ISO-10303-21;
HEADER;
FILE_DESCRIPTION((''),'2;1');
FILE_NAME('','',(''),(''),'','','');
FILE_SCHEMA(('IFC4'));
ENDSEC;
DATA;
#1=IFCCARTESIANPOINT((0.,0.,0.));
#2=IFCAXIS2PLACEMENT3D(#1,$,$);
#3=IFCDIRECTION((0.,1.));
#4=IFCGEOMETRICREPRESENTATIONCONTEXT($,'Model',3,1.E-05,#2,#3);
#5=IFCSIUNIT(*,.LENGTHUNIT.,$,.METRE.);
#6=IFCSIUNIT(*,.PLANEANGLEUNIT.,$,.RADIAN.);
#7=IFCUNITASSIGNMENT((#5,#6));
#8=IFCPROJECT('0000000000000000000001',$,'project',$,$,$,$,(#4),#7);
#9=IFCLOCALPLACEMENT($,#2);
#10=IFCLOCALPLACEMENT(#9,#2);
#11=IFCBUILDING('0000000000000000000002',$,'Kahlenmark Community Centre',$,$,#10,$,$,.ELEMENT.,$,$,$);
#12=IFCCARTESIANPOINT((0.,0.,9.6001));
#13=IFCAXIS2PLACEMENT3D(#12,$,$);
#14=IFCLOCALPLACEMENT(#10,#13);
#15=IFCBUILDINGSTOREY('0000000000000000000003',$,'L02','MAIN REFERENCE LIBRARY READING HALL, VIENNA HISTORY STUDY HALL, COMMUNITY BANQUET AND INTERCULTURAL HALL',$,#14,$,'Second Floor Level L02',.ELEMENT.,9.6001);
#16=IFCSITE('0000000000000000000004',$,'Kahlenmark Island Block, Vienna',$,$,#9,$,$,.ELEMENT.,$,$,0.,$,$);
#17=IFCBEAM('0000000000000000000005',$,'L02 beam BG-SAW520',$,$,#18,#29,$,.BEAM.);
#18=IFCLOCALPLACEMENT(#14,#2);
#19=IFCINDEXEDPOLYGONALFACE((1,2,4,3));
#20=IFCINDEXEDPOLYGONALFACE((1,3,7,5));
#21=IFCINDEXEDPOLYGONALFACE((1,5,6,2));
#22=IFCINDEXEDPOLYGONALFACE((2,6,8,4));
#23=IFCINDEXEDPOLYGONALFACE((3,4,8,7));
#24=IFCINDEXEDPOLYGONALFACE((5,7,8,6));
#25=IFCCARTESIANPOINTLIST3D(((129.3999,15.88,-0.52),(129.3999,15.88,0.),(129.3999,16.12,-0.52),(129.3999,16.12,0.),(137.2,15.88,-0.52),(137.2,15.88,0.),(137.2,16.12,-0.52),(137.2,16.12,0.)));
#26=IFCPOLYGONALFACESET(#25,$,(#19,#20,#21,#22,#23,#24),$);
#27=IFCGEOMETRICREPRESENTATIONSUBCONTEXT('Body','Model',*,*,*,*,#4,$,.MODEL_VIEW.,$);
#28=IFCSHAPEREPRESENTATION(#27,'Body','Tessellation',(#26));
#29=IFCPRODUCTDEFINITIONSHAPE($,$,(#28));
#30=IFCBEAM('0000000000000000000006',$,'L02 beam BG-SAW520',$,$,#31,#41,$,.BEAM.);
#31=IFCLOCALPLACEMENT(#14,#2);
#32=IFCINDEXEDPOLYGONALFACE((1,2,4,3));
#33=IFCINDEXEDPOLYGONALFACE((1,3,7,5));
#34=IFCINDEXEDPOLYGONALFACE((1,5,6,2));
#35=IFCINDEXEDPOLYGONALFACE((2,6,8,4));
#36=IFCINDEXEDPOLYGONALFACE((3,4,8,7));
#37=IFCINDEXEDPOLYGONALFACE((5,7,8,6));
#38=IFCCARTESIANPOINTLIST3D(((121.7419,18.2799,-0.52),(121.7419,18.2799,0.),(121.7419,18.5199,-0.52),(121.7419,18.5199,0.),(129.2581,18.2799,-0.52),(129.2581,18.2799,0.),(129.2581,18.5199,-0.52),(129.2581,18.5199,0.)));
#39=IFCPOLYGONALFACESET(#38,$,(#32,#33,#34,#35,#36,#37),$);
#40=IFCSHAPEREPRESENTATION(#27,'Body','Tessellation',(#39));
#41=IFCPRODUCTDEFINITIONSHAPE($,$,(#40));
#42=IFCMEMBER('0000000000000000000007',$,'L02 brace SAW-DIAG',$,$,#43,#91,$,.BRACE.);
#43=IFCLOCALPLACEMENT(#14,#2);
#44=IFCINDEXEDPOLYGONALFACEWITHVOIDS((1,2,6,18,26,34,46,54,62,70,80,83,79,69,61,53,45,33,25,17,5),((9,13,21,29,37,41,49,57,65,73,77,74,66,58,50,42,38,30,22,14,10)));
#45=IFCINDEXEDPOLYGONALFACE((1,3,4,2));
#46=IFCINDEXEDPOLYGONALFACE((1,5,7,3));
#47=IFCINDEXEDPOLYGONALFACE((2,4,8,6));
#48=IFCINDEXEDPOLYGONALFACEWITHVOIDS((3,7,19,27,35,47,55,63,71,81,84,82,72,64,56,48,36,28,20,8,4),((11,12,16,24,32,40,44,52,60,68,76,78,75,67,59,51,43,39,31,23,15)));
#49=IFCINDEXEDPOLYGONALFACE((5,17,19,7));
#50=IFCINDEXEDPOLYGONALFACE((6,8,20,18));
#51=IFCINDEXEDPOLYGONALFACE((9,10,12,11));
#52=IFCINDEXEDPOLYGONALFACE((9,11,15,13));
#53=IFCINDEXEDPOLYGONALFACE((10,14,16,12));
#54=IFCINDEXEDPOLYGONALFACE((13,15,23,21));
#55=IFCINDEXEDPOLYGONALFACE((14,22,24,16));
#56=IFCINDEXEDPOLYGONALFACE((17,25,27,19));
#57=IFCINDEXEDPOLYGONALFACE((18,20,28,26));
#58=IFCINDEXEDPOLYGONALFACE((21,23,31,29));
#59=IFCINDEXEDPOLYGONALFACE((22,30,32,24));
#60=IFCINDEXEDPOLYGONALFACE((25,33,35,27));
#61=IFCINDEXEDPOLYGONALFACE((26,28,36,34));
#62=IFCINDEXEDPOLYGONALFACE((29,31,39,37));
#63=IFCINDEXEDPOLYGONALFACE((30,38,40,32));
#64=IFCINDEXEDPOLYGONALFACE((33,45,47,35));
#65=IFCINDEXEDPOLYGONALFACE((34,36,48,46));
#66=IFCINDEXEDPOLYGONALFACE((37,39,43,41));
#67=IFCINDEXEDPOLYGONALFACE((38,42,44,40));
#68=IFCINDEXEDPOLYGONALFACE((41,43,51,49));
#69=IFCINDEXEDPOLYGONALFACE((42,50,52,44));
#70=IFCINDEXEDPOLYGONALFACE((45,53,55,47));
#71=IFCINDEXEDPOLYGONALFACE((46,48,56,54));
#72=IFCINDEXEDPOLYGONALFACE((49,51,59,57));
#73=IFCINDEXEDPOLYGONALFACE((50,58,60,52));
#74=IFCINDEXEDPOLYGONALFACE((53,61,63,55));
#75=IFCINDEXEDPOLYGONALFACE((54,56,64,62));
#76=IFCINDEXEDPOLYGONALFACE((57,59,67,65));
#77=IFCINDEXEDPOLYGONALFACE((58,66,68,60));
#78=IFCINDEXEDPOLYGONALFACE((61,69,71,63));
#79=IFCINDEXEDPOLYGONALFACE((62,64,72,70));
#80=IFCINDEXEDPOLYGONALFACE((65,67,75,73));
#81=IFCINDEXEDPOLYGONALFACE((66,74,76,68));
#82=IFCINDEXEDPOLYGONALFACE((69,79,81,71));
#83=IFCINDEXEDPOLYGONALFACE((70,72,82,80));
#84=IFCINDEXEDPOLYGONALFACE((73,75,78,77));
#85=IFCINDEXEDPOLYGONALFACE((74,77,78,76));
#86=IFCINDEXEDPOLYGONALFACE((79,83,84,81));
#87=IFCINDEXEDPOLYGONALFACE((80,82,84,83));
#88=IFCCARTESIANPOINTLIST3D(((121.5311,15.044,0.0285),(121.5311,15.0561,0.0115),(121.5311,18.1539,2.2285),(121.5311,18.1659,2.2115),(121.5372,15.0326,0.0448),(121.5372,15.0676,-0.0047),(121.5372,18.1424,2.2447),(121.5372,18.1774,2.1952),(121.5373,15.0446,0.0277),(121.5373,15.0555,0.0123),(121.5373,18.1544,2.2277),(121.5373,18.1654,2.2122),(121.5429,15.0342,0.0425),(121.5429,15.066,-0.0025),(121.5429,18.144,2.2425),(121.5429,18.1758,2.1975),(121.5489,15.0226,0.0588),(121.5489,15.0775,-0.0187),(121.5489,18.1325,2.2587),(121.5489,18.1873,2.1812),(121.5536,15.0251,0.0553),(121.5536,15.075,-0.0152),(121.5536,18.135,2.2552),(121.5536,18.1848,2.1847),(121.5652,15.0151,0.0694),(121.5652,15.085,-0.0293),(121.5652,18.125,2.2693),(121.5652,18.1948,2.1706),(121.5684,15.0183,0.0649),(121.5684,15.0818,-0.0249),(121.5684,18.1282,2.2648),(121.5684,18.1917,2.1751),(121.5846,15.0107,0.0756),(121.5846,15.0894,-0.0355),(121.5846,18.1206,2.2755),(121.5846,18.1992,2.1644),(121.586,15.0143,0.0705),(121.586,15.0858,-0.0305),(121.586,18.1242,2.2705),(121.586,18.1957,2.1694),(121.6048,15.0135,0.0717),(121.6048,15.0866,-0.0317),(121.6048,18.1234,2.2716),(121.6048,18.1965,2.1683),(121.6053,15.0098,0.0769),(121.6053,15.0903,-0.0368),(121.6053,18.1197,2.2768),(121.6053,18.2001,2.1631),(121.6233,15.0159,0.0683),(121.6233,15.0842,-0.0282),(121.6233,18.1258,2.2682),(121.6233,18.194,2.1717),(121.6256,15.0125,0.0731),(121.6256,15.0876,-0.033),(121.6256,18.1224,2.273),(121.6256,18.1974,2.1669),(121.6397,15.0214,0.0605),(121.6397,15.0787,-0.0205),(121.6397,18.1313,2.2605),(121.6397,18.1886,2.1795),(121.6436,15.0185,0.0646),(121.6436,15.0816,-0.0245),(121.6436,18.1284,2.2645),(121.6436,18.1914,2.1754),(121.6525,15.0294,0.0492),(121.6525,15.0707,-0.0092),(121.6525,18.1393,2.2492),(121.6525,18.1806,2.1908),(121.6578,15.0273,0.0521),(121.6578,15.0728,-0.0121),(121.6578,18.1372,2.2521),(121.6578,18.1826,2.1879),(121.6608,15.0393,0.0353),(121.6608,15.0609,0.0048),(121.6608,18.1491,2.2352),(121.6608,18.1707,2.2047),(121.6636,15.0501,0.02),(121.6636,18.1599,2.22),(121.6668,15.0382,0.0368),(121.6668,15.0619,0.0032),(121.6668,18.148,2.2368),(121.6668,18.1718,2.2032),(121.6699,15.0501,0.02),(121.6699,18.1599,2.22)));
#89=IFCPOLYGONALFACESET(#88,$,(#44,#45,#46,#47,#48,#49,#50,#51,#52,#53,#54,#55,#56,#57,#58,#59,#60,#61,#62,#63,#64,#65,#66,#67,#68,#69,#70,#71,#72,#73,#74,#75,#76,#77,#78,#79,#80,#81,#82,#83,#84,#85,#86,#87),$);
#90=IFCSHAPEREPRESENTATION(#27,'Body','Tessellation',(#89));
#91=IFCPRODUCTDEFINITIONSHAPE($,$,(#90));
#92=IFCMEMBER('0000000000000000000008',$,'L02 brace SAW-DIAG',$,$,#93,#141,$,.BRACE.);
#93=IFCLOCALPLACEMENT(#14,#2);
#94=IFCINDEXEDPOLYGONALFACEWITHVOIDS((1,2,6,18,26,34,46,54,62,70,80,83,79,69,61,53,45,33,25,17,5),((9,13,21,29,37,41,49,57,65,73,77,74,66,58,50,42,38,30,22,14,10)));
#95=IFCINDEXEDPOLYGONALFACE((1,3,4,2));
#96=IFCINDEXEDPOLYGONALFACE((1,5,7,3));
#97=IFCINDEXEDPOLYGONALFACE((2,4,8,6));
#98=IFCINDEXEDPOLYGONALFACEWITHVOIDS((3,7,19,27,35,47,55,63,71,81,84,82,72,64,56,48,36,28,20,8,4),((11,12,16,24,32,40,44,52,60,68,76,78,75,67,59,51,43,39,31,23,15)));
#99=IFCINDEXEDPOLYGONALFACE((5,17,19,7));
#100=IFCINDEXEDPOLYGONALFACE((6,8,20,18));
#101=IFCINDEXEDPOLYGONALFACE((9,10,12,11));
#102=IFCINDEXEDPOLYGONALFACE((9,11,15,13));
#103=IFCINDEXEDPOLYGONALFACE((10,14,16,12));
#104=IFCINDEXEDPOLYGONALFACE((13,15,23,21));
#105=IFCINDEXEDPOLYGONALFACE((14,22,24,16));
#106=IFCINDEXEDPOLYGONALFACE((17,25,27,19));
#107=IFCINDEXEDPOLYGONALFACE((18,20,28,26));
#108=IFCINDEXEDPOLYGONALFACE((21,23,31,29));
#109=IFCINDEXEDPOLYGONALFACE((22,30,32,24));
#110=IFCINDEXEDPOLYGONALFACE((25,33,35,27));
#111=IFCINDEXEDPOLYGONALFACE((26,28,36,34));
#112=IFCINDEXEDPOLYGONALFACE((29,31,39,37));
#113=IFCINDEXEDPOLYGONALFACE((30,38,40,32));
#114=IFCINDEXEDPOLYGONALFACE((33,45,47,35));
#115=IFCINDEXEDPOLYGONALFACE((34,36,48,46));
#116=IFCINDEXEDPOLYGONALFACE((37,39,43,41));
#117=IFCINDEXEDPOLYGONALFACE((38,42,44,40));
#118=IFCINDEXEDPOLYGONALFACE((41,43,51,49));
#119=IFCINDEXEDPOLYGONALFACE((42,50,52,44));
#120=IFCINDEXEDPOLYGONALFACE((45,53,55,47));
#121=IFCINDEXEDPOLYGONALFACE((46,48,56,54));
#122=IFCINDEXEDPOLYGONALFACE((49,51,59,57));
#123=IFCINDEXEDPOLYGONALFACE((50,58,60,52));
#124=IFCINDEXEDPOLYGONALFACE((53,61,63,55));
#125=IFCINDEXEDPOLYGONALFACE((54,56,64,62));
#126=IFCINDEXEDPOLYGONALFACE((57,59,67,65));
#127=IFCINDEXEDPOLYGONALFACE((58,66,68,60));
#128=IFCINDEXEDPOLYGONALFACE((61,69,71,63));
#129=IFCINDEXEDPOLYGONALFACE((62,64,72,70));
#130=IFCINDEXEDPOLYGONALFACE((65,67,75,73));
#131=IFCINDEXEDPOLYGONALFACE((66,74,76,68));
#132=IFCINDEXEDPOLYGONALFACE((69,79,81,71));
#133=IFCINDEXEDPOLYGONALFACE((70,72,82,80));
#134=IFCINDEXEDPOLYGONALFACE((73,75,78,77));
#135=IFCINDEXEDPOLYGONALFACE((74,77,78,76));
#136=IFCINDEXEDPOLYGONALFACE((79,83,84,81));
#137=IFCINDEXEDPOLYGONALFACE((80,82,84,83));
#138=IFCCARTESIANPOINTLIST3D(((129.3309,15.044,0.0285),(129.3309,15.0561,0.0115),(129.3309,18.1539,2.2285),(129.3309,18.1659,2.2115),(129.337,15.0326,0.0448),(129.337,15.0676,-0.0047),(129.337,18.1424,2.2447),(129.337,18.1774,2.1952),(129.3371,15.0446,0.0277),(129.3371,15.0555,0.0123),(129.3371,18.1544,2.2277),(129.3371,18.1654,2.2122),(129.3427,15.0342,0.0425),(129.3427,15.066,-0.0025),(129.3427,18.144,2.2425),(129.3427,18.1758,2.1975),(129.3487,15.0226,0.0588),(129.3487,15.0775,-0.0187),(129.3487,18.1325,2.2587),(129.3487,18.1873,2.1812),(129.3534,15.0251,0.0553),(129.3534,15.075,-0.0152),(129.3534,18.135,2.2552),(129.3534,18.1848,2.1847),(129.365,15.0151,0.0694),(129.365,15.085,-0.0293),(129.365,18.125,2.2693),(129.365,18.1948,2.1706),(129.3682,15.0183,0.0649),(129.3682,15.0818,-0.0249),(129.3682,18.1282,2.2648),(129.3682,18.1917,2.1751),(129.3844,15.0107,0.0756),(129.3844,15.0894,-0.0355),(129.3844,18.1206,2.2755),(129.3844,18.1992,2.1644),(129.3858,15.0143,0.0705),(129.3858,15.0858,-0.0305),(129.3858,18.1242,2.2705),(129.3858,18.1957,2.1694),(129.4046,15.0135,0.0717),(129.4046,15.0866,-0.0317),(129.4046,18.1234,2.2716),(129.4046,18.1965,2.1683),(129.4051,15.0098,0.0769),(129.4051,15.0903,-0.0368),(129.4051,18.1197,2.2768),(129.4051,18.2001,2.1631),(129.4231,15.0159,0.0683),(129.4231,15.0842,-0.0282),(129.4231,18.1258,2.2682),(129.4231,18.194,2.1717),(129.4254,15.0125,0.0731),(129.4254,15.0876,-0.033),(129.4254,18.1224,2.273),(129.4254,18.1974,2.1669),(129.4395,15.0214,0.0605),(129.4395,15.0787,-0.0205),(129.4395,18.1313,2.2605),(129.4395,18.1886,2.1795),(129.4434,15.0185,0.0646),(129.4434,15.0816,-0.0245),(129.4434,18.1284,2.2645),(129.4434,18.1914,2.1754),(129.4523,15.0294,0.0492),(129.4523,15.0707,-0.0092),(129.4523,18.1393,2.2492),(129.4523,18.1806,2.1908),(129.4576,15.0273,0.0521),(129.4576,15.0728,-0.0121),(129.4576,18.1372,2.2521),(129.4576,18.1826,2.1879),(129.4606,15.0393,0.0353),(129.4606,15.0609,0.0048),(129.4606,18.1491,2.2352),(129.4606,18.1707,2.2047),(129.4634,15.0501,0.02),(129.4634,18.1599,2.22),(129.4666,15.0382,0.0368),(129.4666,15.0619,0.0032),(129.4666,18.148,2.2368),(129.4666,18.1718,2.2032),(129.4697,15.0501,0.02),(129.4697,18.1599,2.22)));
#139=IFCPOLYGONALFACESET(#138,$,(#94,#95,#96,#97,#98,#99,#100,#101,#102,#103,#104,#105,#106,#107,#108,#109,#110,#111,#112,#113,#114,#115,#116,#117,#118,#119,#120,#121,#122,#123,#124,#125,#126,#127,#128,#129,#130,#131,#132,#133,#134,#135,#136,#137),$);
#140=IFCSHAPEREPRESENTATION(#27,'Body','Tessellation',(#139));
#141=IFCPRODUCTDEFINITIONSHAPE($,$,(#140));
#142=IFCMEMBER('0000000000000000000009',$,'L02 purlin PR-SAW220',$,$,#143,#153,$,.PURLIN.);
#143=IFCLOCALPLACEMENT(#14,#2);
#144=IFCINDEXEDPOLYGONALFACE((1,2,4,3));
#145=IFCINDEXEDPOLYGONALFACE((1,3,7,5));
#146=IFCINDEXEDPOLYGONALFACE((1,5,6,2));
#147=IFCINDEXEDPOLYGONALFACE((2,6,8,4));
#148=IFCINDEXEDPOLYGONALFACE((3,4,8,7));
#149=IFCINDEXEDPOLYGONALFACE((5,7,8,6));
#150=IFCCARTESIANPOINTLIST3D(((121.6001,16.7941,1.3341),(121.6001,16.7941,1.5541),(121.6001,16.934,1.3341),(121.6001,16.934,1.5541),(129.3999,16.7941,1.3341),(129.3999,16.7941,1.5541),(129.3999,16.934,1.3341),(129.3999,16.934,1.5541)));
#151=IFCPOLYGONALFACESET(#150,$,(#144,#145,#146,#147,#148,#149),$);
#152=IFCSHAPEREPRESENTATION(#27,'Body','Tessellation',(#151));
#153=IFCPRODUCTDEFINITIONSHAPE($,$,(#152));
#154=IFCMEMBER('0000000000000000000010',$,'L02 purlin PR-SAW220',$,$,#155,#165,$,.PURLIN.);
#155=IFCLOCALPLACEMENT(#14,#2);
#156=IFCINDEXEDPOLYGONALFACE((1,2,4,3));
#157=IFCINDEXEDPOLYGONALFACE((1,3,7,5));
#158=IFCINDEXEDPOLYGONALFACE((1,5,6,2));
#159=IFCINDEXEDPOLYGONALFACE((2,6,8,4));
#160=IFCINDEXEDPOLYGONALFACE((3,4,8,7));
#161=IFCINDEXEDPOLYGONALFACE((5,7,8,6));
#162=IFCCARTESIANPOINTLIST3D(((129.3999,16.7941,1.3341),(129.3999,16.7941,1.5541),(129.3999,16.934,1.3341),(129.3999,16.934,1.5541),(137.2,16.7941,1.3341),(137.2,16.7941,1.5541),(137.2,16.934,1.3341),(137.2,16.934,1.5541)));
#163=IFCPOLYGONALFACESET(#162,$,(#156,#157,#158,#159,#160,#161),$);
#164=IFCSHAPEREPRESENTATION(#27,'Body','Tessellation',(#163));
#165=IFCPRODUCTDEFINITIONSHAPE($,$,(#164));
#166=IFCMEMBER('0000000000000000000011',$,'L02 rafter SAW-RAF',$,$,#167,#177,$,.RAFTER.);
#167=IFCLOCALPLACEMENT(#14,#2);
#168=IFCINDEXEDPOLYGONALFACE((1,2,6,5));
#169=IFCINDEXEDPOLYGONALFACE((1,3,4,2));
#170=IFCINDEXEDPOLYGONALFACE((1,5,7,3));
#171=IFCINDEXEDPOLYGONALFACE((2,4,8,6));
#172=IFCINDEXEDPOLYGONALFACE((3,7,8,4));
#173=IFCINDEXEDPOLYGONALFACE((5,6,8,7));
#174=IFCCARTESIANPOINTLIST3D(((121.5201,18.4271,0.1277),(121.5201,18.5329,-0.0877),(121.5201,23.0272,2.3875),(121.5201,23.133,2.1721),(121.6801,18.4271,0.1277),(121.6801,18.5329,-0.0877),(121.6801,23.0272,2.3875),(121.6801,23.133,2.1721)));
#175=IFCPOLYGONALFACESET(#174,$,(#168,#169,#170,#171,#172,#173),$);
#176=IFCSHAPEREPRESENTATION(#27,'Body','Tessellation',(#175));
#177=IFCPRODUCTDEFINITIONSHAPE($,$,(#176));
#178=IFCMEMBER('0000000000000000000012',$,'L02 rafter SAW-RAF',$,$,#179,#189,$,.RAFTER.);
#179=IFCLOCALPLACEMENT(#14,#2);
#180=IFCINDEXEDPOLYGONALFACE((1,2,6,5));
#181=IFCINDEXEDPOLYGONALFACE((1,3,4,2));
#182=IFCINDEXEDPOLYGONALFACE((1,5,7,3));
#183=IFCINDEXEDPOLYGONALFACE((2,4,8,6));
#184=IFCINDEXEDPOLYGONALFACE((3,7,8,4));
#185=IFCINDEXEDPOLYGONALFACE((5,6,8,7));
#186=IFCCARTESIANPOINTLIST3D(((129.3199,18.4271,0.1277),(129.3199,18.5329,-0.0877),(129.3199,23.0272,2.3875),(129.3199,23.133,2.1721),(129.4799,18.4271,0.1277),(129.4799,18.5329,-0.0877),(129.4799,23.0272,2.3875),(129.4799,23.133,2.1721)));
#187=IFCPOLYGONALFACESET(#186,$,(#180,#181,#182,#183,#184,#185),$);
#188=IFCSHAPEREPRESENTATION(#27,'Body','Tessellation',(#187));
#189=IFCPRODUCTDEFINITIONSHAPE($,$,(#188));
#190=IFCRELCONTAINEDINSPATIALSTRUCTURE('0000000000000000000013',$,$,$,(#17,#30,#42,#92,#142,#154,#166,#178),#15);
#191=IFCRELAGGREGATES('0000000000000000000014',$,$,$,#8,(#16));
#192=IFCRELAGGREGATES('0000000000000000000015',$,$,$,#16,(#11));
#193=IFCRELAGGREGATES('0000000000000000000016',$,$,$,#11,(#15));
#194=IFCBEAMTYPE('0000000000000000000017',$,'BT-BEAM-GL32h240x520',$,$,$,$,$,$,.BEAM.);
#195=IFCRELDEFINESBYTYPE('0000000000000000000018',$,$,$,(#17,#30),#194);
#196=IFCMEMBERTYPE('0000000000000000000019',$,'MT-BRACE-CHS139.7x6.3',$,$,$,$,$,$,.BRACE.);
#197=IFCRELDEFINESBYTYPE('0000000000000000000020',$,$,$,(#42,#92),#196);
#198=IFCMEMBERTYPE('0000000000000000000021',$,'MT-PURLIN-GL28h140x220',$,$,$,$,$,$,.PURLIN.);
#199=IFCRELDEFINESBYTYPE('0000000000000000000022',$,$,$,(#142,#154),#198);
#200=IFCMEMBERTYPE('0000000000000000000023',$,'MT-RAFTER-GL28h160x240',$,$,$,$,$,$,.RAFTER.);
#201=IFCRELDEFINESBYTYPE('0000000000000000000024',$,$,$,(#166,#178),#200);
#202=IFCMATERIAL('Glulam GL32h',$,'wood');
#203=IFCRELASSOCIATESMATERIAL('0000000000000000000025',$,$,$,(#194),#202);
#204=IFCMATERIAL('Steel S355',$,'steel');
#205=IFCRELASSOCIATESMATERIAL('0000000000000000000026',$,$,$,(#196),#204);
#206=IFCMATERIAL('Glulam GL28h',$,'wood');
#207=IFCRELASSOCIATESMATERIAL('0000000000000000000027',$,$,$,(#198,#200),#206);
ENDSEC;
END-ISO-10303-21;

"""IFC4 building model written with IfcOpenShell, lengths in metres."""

from ifc_helpers import new_model, si_unit, direction, frame, origin, origin_2d, place, context, subcontext, project, spatial, rectangle, hollow_circle, extrude, material, material_profile, profile_set, type_object, element, save


model = new_model("IFC4")

# Units and contexts
model_context = context("Model", 3, precision=1e-05, world=origin(), true_north=direction((0.0, 1.0)))
body_context = subcontext(model_context, "Body", "Model", "MODEL_VIEW")
ifc_project = project(units=[si_unit("LENGTHUNIT", "METRE"), si_unit("PLANEANGLEUNIT", "RADIAN")], contexts=[model_context])

# Site, building, storey
site_placement = place(None, origin())
site = spatial("IfcSite", under=ifc_project, at=site_placement, Name="Kahlenmark Island Block, Vienna", CompositionType="ELEMENT", RefElevation=0.0)
building_placement = place(site_placement, origin())
building = spatial("IfcBuilding", under=site, at=building_placement, Name="Kahlenmark Community Centre", CompositionType="ELEMENT")
storey_placement = place(building_placement, frame((0.0, 0.0, 9.6001)))
storey = spatial("IfcBuildingStorey", under=building, at=storey_placement, Name="L02", Description="MAIN REFERENCE LIBRARY READING HALL, VIENNA HISTORY STUDY HALL, COMMUNITY BANQUET AND INTERCULTURAL HALL", LongName="Second Floor Level L02", CompositionType="ELEMENT", Elevation=9.6001)

# Beams
ifc_material_1 = material(Name="Glulam GL32h", Category="wood")
ifc_material_profile_1 = material_profile(ifc_material_1, rectangle(XDim=0.24, YDim=0.52, at=origin_2d()), Name="GL32h 240x520")
ifc_profile_set_1 = profile_set([ifc_material_profile_1], Name="Glulam GL32h")
beam_type = type_object("IfcBeamType", Name="BT-BEAM-GL32h240x520", PredefinedType="BEAM", material=ifc_profile_set_1)
beam_1_placement = place(storey_placement, frame((129.3999, 16.0, -0.26), z_axis=(1.0, 0.0, 0.0), x_axis=(0.0, 1.0, 0.0)))
element("IfcBeam", 1, at=beam_1_placement, inside=storey, type_object=beam_type, Name="L02 beam BG-SAW520", PredefinedType="BEAM", context=body_context, shape_type="SweptSolid", body=[
    extrude(rectangle(XDim=0.24, YDim=0.52, at=origin_2d()), origin(), (0.0, 0.0, 1.0), 7.8),
])
beam_2_placement = place(storey_placement, frame((121.7419, 18.3999, -0.26), z_axis=(1.0, 0.0, 0.0), x_axis=(0.0, 1.0, 0.0)))
element("IfcBeam", 2, at=beam_2_placement, inside=storey, type_object=beam_type, Name="L02 beam BG-SAW520", PredefinedType="BEAM", context=body_context, shape_type="SweptSolid", body=[
    extrude(rectangle(XDim=0.24, YDim=0.52, at=origin_2d()), origin(), (0.0, 0.0, 1.0), 7.5161),
])

# Members
ifc_material_2 = material(Name="Steel S355", Category="steel")
ifc_material_profile_2 = material_profile(ifc_material_2, hollow_circle(Radius=0.0698, WallThickness=0.0063, at=origin_2d()), Name="CHS 139.7x6.3")
ifc_profile_set_2 = profile_set([ifc_material_profile_2], Name="Steel S355")
member_type_1 = type_object("IfcMemberType", Name="MT-BRACE-CHS139.7x6.3", PredefinedType="BRACE", material=ifc_profile_set_2)
for number, where, z_axis, x_axis, name in (
    (3, (121.6001, 18.1599, 2.22), (0.0, -0.81638, -0.577516), (1.0, 0.0, 0.0), "L02 brace SAW-DIAG"),
    (4, (129.3999, 18.1599, 2.22), (0.0, -0.81638, -0.577516), (1.0, 0.0, 0.0), "L02 brace SAW-DIAG"),
):
    element("IfcMember", number, at=place(storey_placement, frame(where, z_axis=z_axis, x_axis=x_axis)), inside=storey, type_object=member_type_1, Name=name, PredefinedType="BRACE", context=body_context, shape_type="SweptSolid", body=[
        extrude(hollow_circle(Radius=0.0698, WallThickness=0.0063, at=origin_2d()), origin(), (0.0, 0.0, 1.0), 3.8093),
    ])
ifc_material_3 = material(Name="Glulam GL28h", Category="wood")
ifc_material_profile_3 = material_profile(ifc_material_3, rectangle(XDim=0.1399, YDim=0.22, at=origin_2d()), Name="GL28h 140x220")
ifc_profile_set_3 = profile_set([ifc_material_profile_3], Name="Glulam GL28h")
member_type_2 = type_object("IfcMemberType", Name="MT-PURLIN-GL28h140x220", PredefinedType="PURLIN", material=ifc_profile_set_3)
member_1_placement = place(storey_placement, frame((121.6001, 16.864, 1.4441), z_axis=(1.0, 0.0, 0.0), x_axis=(0.0, 1.0, 0.0)))
element("IfcMember", 5, at=member_1_placement, inside=storey, type_object=member_type_2, Name="L02 purlin PR-SAW220", PredefinedType="PURLIN", context=body_context, shape_type="SweptSolid", body=[
    extrude(rectangle(XDim=0.1399, YDim=0.22, at=origin_2d()), origin(), (0.0, 0.0, 1.0), 7.7998),
])
member_2_placement = place(storey_placement, frame((129.3999, 16.864, 1.4441), z_axis=(1.0, 0.0, 0.0), x_axis=(0.0, 1.0, 0.0)))
element("IfcMember", 6, at=member_2_placement, inside=storey, type_object=member_type_2, Name="L02 purlin PR-SAW220", PredefinedType="PURLIN", context=body_context, shape_type="SweptSolid", body=[
    extrude(rectangle(XDim=0.1399, YDim=0.22, at=origin_2d()), origin(), (0.0, 0.0, 1.0), 7.8),
])
ifc_material_profile_4 = material_profile(ifc_material_3, rectangle(XDim=0.1599, YDim=0.24, at=origin_2d()), Name="GL28h 160x240")
ifc_profile_set_4 = profile_set([ifc_material_profile_4], Name="Glulam GL28h")
member_type_3 = type_object("IfcMemberType", Name="MT-RAFTER-GL28h160x240", PredefinedType="RAFTER", material=ifc_profile_set_4)
for number, where, z_axis, x_axis, name in (
    (7, (121.6001, 18.48, 0.02), (0.0, 0.897549, 0.440915), (-1.0, 0.0, 0.0), "L02 rafter SAW-RAF"),
    (8, (129.3999, 18.48, 0.02), (0.0, 0.897549, 0.440915), (-1.0, 0.0, 0.0), "L02 rafter SAW-RAF"),
):
    element("IfcMember", number, at=place(storey_placement, frame(where, z_axis=z_axis, x_axis=x_axis)), inside=storey, type_object=member_type_3, Name=name, PredefinedType="RAFTER", context=body_context, shape_type="SweptSolid", body=[
        extrude(rectangle(XDim=0.1599, YDim=0.24, at=origin_2d()), origin(), (0.0, 0.0, 1.0), 5.1252),
    ])

save(model, "model.ifc")
